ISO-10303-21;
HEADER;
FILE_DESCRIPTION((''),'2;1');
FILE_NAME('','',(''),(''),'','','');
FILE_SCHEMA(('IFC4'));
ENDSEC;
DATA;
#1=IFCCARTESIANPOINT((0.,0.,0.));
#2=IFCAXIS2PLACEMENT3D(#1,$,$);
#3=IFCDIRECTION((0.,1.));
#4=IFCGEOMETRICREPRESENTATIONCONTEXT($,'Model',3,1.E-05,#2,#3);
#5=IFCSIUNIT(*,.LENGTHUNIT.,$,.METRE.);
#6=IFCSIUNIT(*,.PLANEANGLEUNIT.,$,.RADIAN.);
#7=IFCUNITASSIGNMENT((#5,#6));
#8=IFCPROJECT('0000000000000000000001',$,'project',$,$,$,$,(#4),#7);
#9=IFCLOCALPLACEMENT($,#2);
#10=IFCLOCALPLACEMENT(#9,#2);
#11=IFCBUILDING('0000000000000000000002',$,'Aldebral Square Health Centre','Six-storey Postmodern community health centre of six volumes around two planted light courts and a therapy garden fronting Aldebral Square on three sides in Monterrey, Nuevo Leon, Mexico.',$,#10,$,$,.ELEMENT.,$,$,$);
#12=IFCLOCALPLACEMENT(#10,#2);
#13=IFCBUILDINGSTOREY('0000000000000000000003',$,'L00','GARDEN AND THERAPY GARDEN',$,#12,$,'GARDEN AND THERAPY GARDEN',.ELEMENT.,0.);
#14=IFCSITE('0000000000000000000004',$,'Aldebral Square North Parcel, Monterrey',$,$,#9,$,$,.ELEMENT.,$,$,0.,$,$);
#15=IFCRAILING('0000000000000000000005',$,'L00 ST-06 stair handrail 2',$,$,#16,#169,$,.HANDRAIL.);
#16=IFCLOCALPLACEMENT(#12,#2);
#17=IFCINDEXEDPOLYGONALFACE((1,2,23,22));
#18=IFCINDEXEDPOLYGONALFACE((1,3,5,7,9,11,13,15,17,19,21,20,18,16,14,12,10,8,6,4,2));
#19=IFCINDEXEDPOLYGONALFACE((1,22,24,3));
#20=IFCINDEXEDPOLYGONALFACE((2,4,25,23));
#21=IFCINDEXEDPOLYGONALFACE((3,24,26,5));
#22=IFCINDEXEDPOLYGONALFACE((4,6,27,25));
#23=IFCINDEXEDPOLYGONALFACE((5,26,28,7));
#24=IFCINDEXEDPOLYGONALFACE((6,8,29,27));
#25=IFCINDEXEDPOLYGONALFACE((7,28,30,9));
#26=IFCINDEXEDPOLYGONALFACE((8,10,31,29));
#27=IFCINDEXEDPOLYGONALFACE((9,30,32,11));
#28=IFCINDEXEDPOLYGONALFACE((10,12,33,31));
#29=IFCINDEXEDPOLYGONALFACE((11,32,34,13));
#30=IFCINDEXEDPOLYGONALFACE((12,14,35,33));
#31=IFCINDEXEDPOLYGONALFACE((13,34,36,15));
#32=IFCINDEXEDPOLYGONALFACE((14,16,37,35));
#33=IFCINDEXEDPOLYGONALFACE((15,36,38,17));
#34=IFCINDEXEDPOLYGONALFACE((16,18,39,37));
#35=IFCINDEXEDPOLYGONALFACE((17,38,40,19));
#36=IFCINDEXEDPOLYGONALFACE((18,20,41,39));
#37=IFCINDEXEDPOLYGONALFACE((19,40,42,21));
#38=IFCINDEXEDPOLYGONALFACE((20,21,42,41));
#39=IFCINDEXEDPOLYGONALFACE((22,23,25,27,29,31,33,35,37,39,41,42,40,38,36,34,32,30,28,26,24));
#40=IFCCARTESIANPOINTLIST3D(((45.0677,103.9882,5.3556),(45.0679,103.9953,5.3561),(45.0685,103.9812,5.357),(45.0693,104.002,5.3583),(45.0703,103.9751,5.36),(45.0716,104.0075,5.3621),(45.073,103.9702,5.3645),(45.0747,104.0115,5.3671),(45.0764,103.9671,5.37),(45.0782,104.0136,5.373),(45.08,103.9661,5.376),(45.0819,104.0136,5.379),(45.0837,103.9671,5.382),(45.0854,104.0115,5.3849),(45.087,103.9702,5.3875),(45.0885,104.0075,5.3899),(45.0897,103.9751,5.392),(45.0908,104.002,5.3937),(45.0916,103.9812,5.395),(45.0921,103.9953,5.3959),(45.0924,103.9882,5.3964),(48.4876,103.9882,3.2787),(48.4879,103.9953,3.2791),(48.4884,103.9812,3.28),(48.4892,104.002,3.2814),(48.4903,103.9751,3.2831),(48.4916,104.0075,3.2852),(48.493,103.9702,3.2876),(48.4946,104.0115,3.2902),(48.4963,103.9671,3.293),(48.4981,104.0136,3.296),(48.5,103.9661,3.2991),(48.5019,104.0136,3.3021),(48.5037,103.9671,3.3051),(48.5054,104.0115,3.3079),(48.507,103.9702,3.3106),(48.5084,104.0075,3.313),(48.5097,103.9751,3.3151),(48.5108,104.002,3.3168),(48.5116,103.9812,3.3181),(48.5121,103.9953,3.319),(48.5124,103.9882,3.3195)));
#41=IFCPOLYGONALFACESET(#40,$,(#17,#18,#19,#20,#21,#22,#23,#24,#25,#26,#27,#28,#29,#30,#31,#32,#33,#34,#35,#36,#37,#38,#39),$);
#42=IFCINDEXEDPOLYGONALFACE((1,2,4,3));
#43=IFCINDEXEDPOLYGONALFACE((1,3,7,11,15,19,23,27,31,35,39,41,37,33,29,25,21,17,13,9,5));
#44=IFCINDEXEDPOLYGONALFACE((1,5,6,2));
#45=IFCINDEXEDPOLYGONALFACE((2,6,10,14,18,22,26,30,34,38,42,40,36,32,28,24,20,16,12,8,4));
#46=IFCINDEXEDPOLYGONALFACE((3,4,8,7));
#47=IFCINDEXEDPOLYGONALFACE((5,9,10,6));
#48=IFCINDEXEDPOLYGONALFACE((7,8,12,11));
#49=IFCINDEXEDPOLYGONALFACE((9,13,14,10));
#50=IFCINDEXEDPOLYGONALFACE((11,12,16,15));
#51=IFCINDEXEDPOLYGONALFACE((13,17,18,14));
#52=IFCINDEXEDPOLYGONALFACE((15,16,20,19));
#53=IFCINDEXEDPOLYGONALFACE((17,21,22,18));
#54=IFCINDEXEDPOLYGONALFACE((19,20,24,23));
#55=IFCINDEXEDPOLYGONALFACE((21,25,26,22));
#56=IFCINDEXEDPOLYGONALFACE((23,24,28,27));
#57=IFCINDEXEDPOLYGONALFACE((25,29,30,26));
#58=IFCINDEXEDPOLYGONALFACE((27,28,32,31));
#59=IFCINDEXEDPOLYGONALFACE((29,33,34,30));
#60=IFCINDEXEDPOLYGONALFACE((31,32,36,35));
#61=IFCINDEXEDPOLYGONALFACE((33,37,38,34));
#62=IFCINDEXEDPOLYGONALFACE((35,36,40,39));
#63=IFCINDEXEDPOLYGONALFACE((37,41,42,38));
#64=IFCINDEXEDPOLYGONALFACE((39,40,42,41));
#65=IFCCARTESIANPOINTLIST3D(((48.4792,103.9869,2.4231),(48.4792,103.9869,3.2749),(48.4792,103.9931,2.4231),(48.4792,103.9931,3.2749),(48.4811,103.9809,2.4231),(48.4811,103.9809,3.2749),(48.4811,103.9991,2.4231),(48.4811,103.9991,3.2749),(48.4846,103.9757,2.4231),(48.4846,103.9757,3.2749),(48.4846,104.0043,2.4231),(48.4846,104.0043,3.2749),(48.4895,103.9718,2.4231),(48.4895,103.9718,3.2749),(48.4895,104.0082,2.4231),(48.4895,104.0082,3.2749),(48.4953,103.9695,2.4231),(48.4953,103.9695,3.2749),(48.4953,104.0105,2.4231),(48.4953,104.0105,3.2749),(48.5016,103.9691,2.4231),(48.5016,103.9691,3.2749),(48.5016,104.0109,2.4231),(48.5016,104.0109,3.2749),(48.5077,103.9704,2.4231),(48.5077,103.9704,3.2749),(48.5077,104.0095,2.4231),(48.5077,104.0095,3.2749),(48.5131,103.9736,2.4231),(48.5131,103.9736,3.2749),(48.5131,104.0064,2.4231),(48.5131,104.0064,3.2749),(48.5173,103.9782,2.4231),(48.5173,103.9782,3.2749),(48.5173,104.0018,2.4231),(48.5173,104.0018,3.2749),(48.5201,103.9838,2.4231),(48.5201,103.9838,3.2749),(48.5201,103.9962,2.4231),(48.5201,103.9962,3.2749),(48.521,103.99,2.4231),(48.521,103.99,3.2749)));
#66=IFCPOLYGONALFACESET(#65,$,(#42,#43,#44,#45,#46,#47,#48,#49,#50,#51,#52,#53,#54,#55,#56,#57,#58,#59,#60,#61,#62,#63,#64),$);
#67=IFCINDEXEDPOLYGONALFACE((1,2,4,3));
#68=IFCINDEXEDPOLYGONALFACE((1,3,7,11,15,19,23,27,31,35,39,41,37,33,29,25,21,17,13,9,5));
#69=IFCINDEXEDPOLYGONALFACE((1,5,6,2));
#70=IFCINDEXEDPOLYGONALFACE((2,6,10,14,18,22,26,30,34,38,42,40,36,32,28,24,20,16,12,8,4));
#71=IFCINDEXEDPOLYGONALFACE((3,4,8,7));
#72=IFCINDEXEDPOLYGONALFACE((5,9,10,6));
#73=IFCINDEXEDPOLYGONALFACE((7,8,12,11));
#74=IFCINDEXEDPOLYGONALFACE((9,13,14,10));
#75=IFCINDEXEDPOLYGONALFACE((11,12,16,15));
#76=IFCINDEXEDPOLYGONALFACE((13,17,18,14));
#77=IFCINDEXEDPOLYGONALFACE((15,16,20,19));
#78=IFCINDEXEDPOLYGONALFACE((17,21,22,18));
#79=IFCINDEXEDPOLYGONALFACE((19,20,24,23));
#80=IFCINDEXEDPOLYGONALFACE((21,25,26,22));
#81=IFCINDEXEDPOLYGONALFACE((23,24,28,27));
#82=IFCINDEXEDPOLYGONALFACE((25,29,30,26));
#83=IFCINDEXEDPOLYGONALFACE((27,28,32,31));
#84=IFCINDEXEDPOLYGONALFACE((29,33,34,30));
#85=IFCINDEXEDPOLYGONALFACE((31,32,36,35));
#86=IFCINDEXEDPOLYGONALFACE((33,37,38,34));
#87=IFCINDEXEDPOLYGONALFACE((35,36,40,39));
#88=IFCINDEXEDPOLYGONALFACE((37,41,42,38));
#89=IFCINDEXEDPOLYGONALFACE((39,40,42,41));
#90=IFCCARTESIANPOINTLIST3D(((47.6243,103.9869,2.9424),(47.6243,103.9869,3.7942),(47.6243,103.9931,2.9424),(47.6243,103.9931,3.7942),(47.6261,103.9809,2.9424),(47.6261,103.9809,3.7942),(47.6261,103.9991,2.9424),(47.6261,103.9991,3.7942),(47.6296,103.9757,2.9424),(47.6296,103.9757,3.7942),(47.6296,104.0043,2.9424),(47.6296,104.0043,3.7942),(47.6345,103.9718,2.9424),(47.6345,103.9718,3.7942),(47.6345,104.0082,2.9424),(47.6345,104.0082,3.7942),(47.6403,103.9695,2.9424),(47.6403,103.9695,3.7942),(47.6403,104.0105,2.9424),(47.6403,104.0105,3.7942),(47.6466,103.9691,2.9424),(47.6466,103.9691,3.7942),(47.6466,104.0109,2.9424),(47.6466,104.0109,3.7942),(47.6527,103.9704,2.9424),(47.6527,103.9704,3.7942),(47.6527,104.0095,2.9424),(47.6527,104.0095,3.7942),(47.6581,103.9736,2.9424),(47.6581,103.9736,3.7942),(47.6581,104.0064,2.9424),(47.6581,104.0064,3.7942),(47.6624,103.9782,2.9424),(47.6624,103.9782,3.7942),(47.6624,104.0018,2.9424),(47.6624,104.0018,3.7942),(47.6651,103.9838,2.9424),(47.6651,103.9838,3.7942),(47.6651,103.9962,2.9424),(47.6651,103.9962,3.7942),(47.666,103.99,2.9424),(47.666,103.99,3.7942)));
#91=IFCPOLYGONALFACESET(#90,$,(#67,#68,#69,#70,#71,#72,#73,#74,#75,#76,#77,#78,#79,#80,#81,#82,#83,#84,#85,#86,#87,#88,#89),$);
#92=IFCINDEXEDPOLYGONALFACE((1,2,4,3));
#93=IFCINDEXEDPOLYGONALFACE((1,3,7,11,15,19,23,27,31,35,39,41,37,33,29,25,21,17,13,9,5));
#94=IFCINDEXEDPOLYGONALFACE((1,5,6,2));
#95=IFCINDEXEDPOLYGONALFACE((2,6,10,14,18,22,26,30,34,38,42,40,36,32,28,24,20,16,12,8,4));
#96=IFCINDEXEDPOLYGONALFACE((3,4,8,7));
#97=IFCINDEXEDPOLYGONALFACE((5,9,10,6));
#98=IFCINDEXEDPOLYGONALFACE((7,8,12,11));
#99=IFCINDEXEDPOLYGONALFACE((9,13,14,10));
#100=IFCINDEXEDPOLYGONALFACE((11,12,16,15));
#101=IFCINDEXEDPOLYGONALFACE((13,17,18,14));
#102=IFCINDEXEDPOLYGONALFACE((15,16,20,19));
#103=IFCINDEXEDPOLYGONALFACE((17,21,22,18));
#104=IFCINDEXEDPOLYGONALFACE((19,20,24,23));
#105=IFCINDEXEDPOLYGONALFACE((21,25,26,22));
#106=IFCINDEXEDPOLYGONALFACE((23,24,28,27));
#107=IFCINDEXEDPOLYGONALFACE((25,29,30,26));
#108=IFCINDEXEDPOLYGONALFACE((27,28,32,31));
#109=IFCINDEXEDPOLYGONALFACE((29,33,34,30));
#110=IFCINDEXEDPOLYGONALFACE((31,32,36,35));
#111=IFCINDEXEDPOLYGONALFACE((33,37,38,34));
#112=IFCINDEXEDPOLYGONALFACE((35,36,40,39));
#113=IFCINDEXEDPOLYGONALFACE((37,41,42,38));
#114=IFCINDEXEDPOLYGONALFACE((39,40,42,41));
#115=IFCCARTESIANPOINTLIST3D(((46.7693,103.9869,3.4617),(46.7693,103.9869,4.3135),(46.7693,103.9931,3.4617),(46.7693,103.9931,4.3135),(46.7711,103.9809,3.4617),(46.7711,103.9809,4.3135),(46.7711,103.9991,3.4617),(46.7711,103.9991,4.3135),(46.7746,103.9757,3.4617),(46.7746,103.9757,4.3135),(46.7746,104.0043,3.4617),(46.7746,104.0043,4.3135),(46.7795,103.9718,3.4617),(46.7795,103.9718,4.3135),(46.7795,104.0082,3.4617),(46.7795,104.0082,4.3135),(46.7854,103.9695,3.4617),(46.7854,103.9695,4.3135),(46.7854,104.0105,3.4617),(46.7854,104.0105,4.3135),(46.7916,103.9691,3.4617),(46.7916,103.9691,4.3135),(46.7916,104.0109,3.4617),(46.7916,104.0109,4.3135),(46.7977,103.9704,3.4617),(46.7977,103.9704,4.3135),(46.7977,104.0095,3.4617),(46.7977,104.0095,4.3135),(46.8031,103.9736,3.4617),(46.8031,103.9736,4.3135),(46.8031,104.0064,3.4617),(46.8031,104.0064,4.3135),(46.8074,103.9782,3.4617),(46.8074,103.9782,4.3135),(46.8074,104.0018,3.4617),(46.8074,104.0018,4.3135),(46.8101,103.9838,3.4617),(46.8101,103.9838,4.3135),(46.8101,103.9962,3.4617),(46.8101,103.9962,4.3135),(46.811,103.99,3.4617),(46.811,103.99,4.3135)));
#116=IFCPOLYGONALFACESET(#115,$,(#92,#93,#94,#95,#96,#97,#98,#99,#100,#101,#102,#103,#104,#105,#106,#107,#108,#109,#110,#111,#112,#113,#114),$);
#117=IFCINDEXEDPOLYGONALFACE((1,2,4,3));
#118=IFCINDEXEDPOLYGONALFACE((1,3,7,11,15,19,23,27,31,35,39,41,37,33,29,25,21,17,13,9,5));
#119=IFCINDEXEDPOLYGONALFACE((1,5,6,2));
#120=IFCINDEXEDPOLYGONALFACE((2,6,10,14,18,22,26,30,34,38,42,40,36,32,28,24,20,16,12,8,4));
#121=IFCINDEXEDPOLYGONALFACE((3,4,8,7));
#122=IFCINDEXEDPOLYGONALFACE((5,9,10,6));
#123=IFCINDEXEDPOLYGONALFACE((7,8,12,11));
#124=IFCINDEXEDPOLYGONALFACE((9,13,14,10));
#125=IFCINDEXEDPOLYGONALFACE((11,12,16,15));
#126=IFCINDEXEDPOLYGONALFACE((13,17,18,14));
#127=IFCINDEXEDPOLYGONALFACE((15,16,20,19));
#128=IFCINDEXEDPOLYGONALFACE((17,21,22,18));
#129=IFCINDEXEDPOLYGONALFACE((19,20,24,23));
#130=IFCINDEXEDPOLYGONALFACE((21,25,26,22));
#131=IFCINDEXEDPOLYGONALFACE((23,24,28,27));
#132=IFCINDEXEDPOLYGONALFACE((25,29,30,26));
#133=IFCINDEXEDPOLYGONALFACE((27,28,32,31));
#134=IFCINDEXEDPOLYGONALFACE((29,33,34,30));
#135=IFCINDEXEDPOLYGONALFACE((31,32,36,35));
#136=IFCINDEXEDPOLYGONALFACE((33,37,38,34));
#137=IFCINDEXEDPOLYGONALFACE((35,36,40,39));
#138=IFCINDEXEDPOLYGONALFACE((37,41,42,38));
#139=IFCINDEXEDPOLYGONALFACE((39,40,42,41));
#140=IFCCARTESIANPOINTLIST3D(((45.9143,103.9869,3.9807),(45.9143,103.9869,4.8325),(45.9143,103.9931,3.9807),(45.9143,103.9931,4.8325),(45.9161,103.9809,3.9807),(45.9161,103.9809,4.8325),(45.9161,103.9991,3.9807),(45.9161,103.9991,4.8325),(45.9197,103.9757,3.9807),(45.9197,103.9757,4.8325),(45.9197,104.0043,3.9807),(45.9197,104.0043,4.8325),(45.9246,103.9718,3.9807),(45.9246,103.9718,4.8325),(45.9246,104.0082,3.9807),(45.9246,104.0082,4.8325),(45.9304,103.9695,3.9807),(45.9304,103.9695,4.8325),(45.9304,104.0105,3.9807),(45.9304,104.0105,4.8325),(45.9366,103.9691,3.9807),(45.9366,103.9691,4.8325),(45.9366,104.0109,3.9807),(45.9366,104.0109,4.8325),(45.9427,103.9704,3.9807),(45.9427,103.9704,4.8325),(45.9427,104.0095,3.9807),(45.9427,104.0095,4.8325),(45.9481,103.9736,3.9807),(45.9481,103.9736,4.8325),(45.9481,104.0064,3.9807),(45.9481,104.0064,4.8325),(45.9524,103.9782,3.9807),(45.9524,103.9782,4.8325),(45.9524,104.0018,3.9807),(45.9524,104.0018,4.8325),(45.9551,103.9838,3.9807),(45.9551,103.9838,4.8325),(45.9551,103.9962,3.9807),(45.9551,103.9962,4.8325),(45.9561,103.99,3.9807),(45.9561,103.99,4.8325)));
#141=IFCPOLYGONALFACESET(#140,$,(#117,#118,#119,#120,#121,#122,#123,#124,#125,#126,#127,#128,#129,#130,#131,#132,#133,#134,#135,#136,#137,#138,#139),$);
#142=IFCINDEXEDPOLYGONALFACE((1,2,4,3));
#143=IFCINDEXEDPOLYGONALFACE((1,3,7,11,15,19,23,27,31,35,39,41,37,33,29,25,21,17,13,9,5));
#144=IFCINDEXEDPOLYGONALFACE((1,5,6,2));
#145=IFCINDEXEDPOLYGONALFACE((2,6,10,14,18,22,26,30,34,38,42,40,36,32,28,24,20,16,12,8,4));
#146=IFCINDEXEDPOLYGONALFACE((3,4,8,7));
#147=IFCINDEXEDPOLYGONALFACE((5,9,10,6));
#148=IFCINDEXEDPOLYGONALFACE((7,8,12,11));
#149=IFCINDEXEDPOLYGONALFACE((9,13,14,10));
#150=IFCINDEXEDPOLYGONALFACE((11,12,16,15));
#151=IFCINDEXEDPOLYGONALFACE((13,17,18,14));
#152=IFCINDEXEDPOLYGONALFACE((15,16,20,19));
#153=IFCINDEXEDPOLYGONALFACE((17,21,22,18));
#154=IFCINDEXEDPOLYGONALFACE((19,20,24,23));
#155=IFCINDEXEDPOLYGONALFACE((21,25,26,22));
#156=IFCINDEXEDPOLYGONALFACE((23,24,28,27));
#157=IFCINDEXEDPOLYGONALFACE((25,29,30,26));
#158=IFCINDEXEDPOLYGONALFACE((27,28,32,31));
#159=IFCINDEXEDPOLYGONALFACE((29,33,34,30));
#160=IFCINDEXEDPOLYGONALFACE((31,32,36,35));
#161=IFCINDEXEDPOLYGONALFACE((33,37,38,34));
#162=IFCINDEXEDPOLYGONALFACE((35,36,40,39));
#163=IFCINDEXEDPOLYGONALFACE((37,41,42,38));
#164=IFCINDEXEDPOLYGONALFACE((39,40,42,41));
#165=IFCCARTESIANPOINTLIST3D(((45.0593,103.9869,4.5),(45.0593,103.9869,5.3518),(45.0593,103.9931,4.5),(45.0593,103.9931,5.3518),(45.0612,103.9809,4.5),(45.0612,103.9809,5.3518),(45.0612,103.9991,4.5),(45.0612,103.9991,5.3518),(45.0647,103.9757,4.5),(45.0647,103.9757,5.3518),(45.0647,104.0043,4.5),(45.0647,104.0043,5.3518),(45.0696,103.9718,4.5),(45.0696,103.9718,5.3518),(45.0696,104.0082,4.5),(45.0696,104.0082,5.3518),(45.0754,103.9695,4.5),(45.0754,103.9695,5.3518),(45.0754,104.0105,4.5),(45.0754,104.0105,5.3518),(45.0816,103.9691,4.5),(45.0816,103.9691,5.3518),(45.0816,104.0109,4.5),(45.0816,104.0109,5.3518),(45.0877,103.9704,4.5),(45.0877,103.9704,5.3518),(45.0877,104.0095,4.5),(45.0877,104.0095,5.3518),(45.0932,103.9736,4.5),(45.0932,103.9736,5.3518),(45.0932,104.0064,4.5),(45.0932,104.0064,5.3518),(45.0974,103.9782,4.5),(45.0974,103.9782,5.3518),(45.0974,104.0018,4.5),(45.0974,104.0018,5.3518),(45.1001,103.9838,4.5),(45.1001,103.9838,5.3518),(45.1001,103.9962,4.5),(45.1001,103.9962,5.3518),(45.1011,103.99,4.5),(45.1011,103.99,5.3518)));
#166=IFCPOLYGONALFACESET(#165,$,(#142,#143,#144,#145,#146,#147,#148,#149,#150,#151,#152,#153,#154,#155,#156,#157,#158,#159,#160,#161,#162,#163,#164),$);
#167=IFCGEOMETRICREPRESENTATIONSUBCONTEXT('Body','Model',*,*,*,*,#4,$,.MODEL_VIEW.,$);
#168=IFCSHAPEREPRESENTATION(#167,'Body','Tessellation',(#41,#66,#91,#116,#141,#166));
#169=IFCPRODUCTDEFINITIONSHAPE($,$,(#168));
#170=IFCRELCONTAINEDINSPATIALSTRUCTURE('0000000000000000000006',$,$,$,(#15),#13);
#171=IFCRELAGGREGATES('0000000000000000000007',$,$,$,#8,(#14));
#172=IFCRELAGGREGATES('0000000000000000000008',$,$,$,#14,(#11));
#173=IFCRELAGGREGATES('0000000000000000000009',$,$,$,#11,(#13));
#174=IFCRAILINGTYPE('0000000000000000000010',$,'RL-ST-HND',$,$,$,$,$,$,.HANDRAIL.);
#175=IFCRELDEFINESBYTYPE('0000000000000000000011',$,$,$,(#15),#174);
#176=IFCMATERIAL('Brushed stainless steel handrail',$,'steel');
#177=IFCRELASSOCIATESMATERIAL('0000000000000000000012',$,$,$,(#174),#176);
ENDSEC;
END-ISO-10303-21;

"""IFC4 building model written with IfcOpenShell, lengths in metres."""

from ifc_helpers import new_model, si_unit, direction, frame, origin, origin_2d, place, context, subcontext, project, spatial, circle, extrude, material, type_object, element, save


model = new_model("IFC4")

# Units and contexts
model_context = context("Model", 3, precision=1e-05, world=origin(), true_north=direction((0.0, 1.0)))
body_context = subcontext(model_context, "Body", "Model", "MODEL_VIEW")
ifc_project = project(units=[si_unit("LENGTHUNIT", "METRE"), si_unit("PLANEANGLEUNIT", "RADIAN")], contexts=[model_context])

# Site, building, storey
site_placement = place(None, origin())
site = spatial("IfcSite", under=ifc_project, at=site_placement, Name="Aldebral Square North Parcel, Monterrey", CompositionType="ELEMENT", RefElevation=0.0)
building_placement = place(site_placement, origin())
building = spatial("IfcBuilding", under=site, at=building_placement, Name="Aldebral Square Health Centre", Description="Six-storey Postmodern community health centre of six volumes around two planted light courts and a therapy garden fronting Aldebral Square on three sides in Monterrey, Nuevo Leon, Mexico.", CompositionType="ELEMENT")
storey_placement = place(building_placement, origin())
storey = spatial("IfcBuildingStorey", under=building, at=storey_placement, Name="L00", Description="GARDEN AND THERAPY GARDEN", LongName="GARDEN AND THERAPY GARDEN", CompositionType="ELEMENT", Elevation=0.0)

# Railing
ifc_material_1 = material(Name="Brushed stainless steel handrail", Category="steel")
railing_type_1 = type_object("IfcRailingType", Name="RL-ST-HND", PredefinedType="HANDRAIL", material=ifc_material_1)
railing_1_placement = place(storey_placement, frame((48.5, 103.99, 2.4231)))
element("IfcRailing", 1, at=railing_1_placement, inside=storey, type_object=railing_type_1, Name="L00 ST-06 stair handrail 2", PredefinedType="HANDRAIL", context=body_context, shape_type="SweptSolid", body=[
    extrude(circle(Radius=0.0239, at=origin_2d()), frame((0.0, 0.0, 0.876), z_axis=(-0.85473, 0.0, 0.519074), x_axis=(0.0, -1.0, 0.0)), (0.0, 0.0, 1.0), 4.0012),
    extrude(circle(Radius=0.021, at=origin_2d()), origin(), (0.0, 0.0, 1.0), 0.8518),
    extrude(circle(Radius=0.021, at=origin_2d()), frame((-0.855, 0.0, 0.5193)), (0.0, 0.0, 1.0), 0.8518),
    extrude(circle(Radius=0.021, at=origin_2d()), frame((-1.71, 0.0, 1.0386)), (0.0, 0.0, 1.0), 0.8518),
    extrude(circle(Radius=0.021, at=origin_2d()), frame((-2.5649, 0.0, 1.5576)), (0.0, 0.0, 1.0), 0.8518),
    extrude(circle(Radius=0.021, at=origin_2d()), frame((-3.4199, 0.0, 2.0769)), (0.0, 0.0, 1.0), 0.8518),
])

save(model, "model.ifc")
